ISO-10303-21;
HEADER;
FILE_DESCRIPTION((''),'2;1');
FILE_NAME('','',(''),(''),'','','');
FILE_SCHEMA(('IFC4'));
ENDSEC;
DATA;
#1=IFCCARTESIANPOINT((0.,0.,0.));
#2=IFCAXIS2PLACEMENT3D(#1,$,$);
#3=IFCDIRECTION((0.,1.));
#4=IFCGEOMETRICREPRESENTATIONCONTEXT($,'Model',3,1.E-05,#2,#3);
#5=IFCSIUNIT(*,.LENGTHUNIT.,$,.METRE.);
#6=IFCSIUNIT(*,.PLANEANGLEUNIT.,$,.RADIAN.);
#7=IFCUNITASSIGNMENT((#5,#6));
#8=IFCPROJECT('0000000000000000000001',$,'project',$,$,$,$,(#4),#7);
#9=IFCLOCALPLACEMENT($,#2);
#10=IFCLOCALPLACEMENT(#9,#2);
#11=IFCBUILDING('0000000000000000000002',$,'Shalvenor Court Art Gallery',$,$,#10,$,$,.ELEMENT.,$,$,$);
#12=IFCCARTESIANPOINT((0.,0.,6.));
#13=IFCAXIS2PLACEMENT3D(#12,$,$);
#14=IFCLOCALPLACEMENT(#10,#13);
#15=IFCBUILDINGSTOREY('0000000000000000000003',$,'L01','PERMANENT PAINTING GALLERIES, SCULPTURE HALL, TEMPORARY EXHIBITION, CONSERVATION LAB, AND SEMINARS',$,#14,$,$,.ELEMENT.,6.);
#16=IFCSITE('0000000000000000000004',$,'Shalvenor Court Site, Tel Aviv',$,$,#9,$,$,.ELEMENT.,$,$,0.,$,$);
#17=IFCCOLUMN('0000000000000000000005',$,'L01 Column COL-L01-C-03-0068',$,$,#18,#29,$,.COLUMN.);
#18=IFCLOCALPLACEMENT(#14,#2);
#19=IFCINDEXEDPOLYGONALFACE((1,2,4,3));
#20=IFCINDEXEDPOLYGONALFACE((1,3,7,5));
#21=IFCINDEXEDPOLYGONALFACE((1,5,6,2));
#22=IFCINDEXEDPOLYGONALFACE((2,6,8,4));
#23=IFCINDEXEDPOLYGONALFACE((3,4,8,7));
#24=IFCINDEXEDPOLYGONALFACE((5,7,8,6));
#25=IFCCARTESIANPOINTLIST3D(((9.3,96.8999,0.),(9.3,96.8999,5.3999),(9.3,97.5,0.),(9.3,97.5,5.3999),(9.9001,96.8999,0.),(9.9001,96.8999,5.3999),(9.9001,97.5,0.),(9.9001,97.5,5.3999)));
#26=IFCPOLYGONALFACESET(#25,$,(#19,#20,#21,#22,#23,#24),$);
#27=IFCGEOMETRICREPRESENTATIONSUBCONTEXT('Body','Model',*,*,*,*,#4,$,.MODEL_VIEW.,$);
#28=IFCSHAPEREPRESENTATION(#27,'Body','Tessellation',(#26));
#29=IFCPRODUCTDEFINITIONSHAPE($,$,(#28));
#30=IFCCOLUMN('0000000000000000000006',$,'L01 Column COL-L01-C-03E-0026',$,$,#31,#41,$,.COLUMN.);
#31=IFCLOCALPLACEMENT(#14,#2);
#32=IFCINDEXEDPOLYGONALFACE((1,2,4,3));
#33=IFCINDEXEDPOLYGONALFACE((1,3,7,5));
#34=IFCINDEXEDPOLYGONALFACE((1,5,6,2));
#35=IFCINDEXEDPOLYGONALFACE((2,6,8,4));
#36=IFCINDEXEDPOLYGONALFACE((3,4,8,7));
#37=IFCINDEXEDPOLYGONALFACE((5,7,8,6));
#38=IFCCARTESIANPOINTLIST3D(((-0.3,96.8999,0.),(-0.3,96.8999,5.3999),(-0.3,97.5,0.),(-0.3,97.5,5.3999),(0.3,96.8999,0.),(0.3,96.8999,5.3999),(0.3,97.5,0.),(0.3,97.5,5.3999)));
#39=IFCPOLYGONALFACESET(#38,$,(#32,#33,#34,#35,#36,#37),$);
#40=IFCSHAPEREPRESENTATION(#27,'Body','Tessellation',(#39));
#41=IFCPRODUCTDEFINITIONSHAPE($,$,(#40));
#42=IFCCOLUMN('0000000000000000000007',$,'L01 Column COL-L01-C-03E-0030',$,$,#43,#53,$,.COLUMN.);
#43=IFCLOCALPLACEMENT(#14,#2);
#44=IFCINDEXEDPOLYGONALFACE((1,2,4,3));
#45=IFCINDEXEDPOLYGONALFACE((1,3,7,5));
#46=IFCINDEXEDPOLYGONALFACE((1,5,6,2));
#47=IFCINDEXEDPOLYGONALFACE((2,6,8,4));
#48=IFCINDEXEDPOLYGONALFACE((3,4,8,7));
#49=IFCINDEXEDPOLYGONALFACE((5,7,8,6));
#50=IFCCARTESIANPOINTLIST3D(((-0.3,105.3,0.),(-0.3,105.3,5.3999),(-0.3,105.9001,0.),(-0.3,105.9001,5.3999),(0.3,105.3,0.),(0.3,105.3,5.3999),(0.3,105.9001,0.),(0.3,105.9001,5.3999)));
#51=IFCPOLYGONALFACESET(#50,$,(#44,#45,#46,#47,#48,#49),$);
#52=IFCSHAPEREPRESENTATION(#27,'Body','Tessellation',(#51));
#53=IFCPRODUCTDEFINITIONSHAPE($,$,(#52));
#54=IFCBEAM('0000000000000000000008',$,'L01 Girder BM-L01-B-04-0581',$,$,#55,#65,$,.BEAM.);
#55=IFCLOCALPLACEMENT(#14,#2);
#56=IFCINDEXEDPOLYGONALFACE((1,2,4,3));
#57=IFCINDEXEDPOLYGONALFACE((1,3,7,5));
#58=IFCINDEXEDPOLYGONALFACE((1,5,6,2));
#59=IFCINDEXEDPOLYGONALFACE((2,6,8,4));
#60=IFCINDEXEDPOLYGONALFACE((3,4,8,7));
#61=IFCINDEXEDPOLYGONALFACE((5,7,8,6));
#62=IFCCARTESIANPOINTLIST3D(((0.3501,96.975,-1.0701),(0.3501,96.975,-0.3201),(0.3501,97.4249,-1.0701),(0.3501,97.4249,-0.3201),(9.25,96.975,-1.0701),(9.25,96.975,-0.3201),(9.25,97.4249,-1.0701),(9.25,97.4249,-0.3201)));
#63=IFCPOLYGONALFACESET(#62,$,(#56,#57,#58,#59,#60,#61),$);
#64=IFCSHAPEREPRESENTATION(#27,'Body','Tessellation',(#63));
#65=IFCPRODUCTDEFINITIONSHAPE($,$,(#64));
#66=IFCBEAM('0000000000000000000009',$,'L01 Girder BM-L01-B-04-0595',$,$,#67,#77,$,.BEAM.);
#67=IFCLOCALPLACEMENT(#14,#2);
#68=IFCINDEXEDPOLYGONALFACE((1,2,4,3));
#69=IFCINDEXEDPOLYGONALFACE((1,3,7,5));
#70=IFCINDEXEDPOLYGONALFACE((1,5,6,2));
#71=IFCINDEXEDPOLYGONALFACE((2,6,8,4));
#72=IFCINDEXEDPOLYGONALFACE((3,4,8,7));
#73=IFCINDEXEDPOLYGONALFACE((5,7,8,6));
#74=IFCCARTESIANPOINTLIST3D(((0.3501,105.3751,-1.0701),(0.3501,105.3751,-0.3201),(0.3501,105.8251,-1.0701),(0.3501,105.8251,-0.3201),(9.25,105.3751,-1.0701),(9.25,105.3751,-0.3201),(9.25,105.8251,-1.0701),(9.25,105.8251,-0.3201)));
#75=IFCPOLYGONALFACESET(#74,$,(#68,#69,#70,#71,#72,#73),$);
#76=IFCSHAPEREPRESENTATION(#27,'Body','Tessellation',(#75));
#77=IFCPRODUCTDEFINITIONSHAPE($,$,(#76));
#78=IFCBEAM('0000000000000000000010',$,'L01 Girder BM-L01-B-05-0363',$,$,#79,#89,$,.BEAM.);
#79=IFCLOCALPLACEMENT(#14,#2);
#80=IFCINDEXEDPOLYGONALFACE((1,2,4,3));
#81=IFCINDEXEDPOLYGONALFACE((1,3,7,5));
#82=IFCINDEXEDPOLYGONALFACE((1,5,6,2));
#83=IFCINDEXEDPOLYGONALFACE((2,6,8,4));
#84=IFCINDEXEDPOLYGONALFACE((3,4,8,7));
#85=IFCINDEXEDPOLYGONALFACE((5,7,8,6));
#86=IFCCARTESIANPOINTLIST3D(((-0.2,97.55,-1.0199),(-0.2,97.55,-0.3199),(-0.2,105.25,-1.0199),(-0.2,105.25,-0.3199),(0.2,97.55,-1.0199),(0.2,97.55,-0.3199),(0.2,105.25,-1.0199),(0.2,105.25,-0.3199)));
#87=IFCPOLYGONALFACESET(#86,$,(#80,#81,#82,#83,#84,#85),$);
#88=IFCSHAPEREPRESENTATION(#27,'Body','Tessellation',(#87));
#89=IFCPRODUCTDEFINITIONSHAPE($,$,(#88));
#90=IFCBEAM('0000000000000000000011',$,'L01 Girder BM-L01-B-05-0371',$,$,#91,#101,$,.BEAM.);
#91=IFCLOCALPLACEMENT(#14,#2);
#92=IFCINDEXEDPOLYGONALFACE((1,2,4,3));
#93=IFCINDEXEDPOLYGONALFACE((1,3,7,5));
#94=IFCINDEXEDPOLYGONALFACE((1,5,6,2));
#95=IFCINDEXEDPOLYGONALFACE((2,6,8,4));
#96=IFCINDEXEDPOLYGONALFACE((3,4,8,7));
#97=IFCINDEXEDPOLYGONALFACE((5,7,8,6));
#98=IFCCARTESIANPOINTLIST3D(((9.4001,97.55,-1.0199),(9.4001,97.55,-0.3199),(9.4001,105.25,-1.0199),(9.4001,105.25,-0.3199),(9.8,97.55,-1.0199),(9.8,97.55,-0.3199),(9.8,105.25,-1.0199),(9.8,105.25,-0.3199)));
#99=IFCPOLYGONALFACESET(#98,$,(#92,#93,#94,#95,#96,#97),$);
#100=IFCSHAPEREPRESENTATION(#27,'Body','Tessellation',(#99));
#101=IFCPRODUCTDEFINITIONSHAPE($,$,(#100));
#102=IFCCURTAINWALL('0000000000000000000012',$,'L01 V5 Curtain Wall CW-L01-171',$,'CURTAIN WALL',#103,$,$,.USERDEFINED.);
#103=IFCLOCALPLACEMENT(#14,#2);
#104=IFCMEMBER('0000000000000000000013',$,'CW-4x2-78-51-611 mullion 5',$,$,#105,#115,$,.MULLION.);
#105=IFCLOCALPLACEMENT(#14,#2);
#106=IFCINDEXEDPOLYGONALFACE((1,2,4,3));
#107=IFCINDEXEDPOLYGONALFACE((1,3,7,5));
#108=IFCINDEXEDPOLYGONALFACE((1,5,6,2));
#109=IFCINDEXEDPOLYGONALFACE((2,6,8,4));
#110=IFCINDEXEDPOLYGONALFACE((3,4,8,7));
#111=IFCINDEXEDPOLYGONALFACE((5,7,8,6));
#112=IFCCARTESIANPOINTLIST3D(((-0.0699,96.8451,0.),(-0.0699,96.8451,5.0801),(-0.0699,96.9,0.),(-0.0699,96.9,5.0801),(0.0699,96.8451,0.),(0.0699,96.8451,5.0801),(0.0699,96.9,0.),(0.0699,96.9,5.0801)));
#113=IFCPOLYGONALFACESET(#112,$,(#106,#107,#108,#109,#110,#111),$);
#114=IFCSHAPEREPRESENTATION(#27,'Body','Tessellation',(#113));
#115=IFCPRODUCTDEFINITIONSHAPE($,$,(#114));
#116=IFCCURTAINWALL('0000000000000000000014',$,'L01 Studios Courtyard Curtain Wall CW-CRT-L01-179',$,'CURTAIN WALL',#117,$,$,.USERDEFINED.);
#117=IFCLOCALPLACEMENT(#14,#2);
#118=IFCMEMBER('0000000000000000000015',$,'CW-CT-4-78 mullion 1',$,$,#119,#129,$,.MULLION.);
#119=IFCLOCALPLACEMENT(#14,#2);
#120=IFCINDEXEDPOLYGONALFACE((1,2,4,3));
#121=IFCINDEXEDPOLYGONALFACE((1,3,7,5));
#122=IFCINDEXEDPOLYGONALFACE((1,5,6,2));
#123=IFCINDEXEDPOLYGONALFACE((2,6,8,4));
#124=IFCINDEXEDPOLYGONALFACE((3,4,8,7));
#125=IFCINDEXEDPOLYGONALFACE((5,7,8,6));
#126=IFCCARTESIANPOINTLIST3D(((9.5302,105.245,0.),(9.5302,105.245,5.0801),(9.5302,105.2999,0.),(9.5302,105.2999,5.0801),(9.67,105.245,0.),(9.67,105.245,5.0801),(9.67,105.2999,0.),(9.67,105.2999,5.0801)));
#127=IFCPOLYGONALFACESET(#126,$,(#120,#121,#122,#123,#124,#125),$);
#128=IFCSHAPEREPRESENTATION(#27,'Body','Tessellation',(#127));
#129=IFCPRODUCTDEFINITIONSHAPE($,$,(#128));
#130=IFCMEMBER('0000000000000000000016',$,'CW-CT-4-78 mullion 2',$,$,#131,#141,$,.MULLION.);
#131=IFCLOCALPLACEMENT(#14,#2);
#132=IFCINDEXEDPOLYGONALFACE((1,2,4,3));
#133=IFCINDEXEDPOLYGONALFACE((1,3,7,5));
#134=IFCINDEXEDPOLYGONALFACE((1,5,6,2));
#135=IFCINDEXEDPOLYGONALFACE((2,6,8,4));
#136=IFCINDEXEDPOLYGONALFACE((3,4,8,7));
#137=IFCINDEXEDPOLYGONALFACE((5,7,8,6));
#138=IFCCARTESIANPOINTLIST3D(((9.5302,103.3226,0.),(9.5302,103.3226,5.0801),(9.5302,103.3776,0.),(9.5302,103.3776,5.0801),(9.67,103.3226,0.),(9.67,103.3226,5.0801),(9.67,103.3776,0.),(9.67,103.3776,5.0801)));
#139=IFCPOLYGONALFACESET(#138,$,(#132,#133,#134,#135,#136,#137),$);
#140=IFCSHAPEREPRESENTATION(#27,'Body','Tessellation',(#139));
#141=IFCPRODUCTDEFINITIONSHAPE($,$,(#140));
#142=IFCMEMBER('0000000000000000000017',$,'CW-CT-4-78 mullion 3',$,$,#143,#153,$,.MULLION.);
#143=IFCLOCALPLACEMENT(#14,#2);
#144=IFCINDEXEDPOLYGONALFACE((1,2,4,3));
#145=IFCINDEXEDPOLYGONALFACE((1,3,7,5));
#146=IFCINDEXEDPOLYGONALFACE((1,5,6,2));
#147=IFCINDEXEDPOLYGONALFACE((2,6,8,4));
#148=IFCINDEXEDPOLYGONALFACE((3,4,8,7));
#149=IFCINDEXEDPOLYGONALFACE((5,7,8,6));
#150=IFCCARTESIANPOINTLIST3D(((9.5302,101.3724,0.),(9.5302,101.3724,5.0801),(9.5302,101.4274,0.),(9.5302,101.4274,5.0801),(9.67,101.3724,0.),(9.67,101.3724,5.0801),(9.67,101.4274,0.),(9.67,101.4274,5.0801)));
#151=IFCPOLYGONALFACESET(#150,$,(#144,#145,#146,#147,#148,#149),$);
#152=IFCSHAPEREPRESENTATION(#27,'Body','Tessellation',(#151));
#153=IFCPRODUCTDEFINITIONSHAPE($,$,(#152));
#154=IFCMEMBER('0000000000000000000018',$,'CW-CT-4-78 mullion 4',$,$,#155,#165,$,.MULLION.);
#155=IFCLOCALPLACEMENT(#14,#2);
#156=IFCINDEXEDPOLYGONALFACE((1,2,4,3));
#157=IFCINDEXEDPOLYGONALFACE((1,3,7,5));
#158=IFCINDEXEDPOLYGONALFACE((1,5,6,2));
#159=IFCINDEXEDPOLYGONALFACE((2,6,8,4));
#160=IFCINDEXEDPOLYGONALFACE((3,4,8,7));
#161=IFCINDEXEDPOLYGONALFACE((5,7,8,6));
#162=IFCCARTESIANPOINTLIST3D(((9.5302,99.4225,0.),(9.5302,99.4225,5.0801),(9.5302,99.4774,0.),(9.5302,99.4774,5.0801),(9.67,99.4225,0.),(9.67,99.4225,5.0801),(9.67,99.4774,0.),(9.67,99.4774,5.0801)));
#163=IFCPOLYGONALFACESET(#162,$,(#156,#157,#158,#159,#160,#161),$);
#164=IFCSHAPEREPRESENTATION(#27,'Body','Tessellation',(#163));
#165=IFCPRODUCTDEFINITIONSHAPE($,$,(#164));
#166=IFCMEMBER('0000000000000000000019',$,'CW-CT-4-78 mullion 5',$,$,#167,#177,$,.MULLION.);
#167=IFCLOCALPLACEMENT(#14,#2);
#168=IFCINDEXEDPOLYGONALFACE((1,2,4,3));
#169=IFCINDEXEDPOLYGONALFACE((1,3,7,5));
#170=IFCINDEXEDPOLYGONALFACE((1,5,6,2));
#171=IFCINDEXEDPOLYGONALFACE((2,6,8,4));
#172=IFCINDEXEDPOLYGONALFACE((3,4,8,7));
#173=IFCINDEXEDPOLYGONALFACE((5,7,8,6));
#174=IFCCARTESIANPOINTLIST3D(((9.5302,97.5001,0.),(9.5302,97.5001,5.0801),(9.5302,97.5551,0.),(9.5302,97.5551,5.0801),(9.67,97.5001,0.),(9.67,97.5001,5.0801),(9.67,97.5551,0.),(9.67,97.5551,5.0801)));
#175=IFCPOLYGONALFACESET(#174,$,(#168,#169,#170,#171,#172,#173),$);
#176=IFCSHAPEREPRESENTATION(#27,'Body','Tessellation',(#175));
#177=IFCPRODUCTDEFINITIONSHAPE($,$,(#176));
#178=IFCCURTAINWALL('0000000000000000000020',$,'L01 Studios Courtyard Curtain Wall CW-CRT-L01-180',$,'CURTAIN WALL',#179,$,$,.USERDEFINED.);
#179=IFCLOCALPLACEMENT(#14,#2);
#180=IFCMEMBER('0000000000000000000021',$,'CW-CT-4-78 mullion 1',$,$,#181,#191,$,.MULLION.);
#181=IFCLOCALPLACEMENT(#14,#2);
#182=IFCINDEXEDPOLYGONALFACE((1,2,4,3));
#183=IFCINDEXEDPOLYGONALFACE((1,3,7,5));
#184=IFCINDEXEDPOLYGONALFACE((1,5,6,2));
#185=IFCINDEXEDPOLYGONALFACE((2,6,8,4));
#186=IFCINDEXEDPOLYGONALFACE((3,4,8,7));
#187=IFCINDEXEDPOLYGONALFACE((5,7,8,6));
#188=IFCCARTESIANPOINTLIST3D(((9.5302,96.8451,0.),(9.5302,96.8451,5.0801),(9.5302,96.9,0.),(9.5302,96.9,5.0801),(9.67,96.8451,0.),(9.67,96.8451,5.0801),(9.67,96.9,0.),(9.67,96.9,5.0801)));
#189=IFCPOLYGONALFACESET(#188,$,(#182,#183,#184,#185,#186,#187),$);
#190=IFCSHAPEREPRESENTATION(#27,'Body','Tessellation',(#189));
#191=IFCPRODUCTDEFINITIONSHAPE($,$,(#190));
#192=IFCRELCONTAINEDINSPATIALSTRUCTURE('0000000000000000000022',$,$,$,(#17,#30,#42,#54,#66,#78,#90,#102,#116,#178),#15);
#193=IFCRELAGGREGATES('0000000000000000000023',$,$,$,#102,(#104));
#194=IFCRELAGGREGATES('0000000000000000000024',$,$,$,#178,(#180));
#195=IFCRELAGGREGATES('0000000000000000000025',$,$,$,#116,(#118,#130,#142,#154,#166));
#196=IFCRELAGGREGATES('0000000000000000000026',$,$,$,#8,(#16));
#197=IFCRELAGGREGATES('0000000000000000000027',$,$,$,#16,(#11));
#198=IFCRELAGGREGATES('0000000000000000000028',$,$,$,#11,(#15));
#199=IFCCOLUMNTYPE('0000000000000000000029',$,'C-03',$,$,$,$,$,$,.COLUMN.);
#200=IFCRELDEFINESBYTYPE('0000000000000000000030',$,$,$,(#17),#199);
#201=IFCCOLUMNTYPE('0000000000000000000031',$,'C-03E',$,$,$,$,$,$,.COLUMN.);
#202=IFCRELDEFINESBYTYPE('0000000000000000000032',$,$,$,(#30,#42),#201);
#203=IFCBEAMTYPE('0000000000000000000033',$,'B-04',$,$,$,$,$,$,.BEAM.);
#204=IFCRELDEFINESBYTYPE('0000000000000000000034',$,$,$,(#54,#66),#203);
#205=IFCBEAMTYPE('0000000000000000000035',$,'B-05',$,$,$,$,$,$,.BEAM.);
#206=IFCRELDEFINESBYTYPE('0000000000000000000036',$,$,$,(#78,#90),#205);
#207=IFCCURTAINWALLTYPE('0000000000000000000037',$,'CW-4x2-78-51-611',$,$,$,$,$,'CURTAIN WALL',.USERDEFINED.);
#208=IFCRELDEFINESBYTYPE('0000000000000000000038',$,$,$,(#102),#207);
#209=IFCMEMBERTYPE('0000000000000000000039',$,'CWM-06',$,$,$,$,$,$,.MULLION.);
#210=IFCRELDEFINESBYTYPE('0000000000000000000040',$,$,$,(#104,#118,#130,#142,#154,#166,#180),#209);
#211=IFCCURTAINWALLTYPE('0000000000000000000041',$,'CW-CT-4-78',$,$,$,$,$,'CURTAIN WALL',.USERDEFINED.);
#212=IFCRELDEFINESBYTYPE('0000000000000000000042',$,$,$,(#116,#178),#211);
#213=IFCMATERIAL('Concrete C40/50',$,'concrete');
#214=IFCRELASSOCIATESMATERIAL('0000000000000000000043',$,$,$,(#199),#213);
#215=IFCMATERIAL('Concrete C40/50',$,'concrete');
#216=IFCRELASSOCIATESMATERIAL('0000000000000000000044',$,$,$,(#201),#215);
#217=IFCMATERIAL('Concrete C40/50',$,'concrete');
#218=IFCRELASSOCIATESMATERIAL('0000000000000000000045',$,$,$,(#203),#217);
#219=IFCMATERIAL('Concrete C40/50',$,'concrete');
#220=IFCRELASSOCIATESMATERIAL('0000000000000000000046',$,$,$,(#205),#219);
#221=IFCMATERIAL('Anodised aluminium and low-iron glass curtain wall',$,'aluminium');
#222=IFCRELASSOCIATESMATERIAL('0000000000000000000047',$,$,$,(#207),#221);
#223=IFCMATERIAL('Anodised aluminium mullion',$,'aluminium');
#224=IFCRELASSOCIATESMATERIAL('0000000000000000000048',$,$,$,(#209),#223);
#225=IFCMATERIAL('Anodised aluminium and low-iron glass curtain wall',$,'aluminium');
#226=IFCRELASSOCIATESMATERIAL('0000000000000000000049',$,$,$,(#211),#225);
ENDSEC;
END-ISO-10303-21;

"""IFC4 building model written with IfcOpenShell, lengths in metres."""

from ifc_helpers import new_model, si_unit, direction, frame, origin, origin_2d, place, context, subcontext, project, spatial, rectangle, extrude, material, material_profile, profile_set, type_object, element, aggregate, save


model = new_model("IFC4")

# Units and contexts
model_context = context("Model", 3, precision=1e-05, world=origin(), true_north=direction((0.0, 1.0)))
body_context = subcontext(model_context, "Body", "Model", "MODEL_VIEW")
ifc_project = project(units=[si_unit("LENGTHUNIT", "METRE"), si_unit("PLANEANGLEUNIT", "RADIAN")], contexts=[model_context])

# Site, building, storey
site_placement = place(None, origin())
site = spatial("IfcSite", under=ifc_project, at=site_placement, Name="Shalvenor Court Site, Tel Aviv", CompositionType="ELEMENT", RefElevation=0.0)
building_placement = place(site_placement, origin())
building = spatial("IfcBuilding", under=site, at=building_placement, Name="Shalvenor Court Art Gallery", CompositionType="ELEMENT")
storey_placement = place(building_placement, frame((0.0, 0.0, 6.0)))
storey = spatial("IfcBuildingStorey", under=building, at=storey_placement, Name="L01", Description="PERMANENT PAINTING GALLERIES, SCULPTURE HALL, TEMPORARY EXHIBITION, CONSERVATION LAB, AND SEMINARS", CompositionType="ELEMENT", Elevation=6.0)

# Columns
ifc_material_1 = material(Name="Concrete C40/50", Category="concrete")
ifc_material_profile_1 = material_profile(ifc_material_1, rectangle(XDim=0.6001, YDim=0.6001, at=origin_2d()), Name="RC 600x600")
ifc_profile_set_1 = profile_set([ifc_material_profile_1], Name="Concrete C40/50")
column_type_1 = type_object("IfcColumnType", Name="C-03", PredefinedType="COLUMN", material=ifc_profile_set_1)
column_placement = place(storey_placement, frame((9.6001, 97.2, 0.0), z_axis=(0.0, 0.0, 1.0), x_axis=(1.0, 0.0, 0.0)))
element("IfcColumn", 1, at=column_placement, inside=storey, type_object=column_type_1, Name="L01 Column COL-L01-C-03-0068", PredefinedType="COLUMN", context=body_context, shape_type="SweptSolid", body=[
    extrude(rectangle(XDim=0.6001, YDim=0.6001, at=origin_2d()), origin(), (0.0, 0.0, 1.0), 5.3999),
])
ifc_material_2 = material(Name="Concrete C40/50", Category="concrete")
ifc_material_profile_2 = material_profile(ifc_material_2, rectangle(XDim=0.6001, YDim=0.6001, at=origin_2d()), Name="RC 600x600")
ifc_profile_set_2 = profile_set([ifc_material_profile_2], Name="Concrete C40/50")
column_type_2 = type_object("IfcColumnType", Name="C-03E", PredefinedType="COLUMN", material=ifc_profile_set_2)
for number, where, z_axis, x_axis, name in (
    (2, (0.0, 97.2, 0.0), (0.0, 0.0, 1.0), (1.0, 0.0, 0.0), "L01 Column COL-L01-C-03E-0026"),
    (3, (0.0, 105.6001, 0.0), (0.0, 0.0, 1.0), (1.0, 0.0, 0.0), "L01 Column COL-L01-C-03E-0030"),
):
    element("IfcColumn", number, at=place(storey_placement, frame(where, z_axis=z_axis, x_axis=x_axis)), inside=storey, type_object=column_type_2, Name=name, PredefinedType="COLUMN", context=body_context, shape_type="SweptSolid", body=[
        extrude(rectangle(XDim=0.6001, YDim=0.6001, at=origin_2d()), origin(), (0.0, 0.0, 1.0), 5.3999),
    ])

# Beams
ifc_material_3 = material(Name="Concrete C40/50", Category="concrete")
ifc_material_profile_3 = material_profile(ifc_material_3, rectangle(XDim=0.45, YDim=0.75, at=origin_2d()), Name="RC 450x750")
ifc_profile_set_3 = profile_set([ifc_material_profile_3], Name="Concrete C40/50")
beam_type_1 = type_object("IfcBeamType", Name="B-04", PredefinedType="BEAM", material=ifc_profile_set_3)
for number, where, z_axis, x_axis, name in (
    (4, (0.3501, 97.2, -0.6951), (1.0, 0.0, 0.0), (0.0, 1.0, 0.0), "L01 Girder BM-L01-B-04-0581"),
    (5, (0.3501, 105.6001, -0.6951), (1.0, 0.0, 0.0), (0.0, 1.0, 0.0), "L01 Girder BM-L01-B-04-0595"),
):
    element("IfcBeam", number, at=place(storey_placement, frame(where, z_axis=z_axis, x_axis=x_axis)), inside=storey, type_object=beam_type_1, Name=name, PredefinedType="BEAM", context=body_context, shape_type="SweptSolid", body=[
        extrude(rectangle(XDim=0.45, YDim=0.75, at=origin_2d()), origin(), (0.0, 0.0, 1.0), 8.8999),
    ])
ifc_material_4 = material(Name="Concrete C40/50", Category="concrete")
ifc_material_profile_4 = material_profile(ifc_material_4, rectangle(XDim=0.3999, YDim=0.7, at=origin_2d()), Name="RC 400x700")
ifc_profile_set_4 = profile_set([ifc_material_profile_4], Name="Concrete C40/50")
beam_type_2 = type_object("IfcBeamType", Name="B-05", PredefinedType="BEAM", material=ifc_profile_set_4)
for number, where, z_axis, x_axis, name in (
    (6, (0.0, 97.55, -0.6699), (0.0, 1.0, 0.0), (-1.0, 0.0, 0.0), "L01 Girder BM-L01-B-05-0363"),
    (7, (9.6001, 97.55, -0.6699), (0.0, 1.0, 0.0), (-1.0, 0.0, 0.0), "L01 Girder BM-L01-B-05-0371"),
):
    element("IfcBeam", number, at=place(storey_placement, frame(where, z_axis=z_axis, x_axis=x_axis)), inside=storey, type_object=beam_type_2, Name=name, PredefinedType="BEAM", context=body_context, shape_type="SweptSolid", body=[
        extrude(rectangle(XDim=0.3999, YDim=0.7, at=origin_2d()), origin(), (0.0, 0.0, 1.0), 7.7),
    ])

# Curtain wall, member
ifc_material_5 = material(Name="Anodised aluminium and low-iron glass curtain wall", Category="aluminium")
curtain_wall_type_1 = type_object("IfcCurtainWallType", Name="CW-4x2-78-51-611", ElementType="CURTAIN WALL", PredefinedType="USERDEFINED", material=ifc_material_5)
curtain_wall_1_placement = place(storey_placement, origin())
curtain_wall_1 = element("IfcCurtainWall", 8, at=curtain_wall_1_placement, inside=storey, type_object=curtain_wall_type_1, Name="L01 V5 Curtain Wall CW-L01-171", ObjectType="CURTAIN WALL", PredefinedType="USERDEFINED")
ifc_material_6 = material(Name="Anodised aluminium mullion", Category="aluminium")
ifc_material_profile_5 = material_profile(ifc_material_6, rectangle(XDim=0.0549, YDim=0.1399, at=origin_2d()), Name="CWM-06")
ifc_profile_set_5 = profile_set([ifc_material_profile_5], Name="Anodised aluminium mullion")
member_type_1 = type_object("IfcMemberType", Name="CWM-06", PredefinedType="MULLION", material=ifc_profile_set_5)
member_1_placement = place(storey_placement, frame((0.0, 96.8726, 0.0), z_axis=(0.0, 0.0, 1.0), x_axis=(0.0, 1.0, 0.0)))
member_1 = element("IfcMember", 9, at=member_1_placement, type_object=member_type_1, Name="CW-4x2-78-51-611 mullion 5", PredefinedType="MULLION", context=body_context, shape_type="SweptSolid", body=[
    extrude(rectangle(XDim=0.0549, YDim=0.1399, at=origin_2d()), origin(), (0.0, 0.0, 1.0), 5.0801),
])
aggregate(curtain_wall_1, [member_1])

# Curtain wall, members
ifc_material_7 = material(Name="Anodised aluminium and low-iron glass curtain wall", Category="aluminium")
curtain_wall_type_2 = type_object("IfcCurtainWallType", Name="CW-CT-4-78", ElementType="CURTAIN WALL", PredefinedType="USERDEFINED", material=ifc_material_7)
curtain_wall_2_placement = place(storey_placement, origin())
curtain_wall_2 = element("IfcCurtainWall", 10, at=curtain_wall_2_placement, inside=storey, type_object=curtain_wall_type_2, Name="L01 Studios Courtyard Curtain Wall CW-CRT-L01-179", ObjectType="CURTAIN WALL", PredefinedType="USERDEFINED")
member_2_placement = place(storey_placement, frame((9.6001, 105.2725, 0.0), z_axis=(0.0, 0.0, 1.0), x_axis=(0.0, -1.0, 0.0)))
member_2 = element("IfcMember", 11, at=member_2_placement, type_object=member_type_1, Name="CW-CT-4-78 mullion 1", PredefinedType="MULLION", context=body_context, shape_type="SweptSolid", body=[
    extrude(rectangle(XDim=0.0549, YDim=0.1399, at=origin_2d()), origin(), (0.0, 0.0, 1.0), 5.0801),
])
member_3_placement = place(storey_placement, frame((9.6001, 103.3501, 0.0), z_axis=(0.0, 0.0, 1.0), x_axis=(0.0, -1.0, 0.0)))
member_3 = element("IfcMember", 12, at=member_3_placement, type_object=member_type_1, Name="CW-CT-4-78 mullion 2", PredefinedType="MULLION", context=body_context, shape_type="SweptSolid", body=[
    extrude(rectangle(XDim=0.0549, YDim=0.1399, at=origin_2d()), origin(), (0.0, 0.0, 1.0), 5.0801),
])
member_4_placement = place(storey_placement, frame((9.6001, 101.3999, 0.0), z_axis=(0.0, 0.0, 1.0), x_axis=(0.0, -1.0, 0.0)))
member_4 = element("IfcMember", 13, at=member_4_placement, type_object=member_type_1, Name="CW-CT-4-78 mullion 3", PredefinedType="MULLION", context=body_context, shape_type="SweptSolid", body=[
    extrude(rectangle(XDim=0.0549, YDim=0.1399, at=origin_2d()), origin(), (0.0, 0.0, 1.0), 5.0801),
])
member_5_placement = place(storey_placement, frame((9.6001, 99.45, 0.0), z_axis=(0.0, 0.0, 1.0), x_axis=(0.0, -1.0, 0.0)))
member_5 = element("IfcMember", 14, at=member_5_placement, type_object=member_type_1, Name="CW-CT-4-78 mullion 4", PredefinedType="MULLION", context=body_context, shape_type="SweptSolid", body=[
    extrude(rectangle(XDim=0.0549, YDim=0.1399, at=origin_2d()), origin(), (0.0, 0.0, 1.0), 5.0801),
])
member_6_placement = place(storey_placement, frame((9.6001, 97.5276, 0.0), z_axis=(0.0, 0.0, 1.0), x_axis=(0.0, -1.0, 0.0)))
member_6 = element("IfcMember", 15, at=member_6_placement, type_object=member_type_1, Name="CW-CT-4-78 mullion 5", PredefinedType="MULLION", context=body_context, shape_type="SweptSolid", body=[
    extrude(rectangle(XDim=0.0549, YDim=0.1399, at=origin_2d()), origin(), (0.0, 0.0, 1.0), 5.0801),
])

# Curtain wall, member
curtain_wall_3_placement = place(storey_placement, origin())
curtain_wall_3 = element("IfcCurtainWall", 16, at=curtain_wall_3_placement, inside=storey, type_object=curtain_wall_type_2, Name="L01 Studios Courtyard Curtain Wall CW-CRT-L01-180", ObjectType="CURTAIN WALL", PredefinedType="USERDEFINED")
member_7_placement = place(storey_placement, frame((9.6001, 96.8726, 0.0), z_axis=(0.0, 0.0, 1.0), x_axis=(0.0, -1.0, 0.0)))
member_7 = element("IfcMember", 17, at=member_7_placement, type_object=member_type_1, Name="CW-CT-4-78 mullion 1", PredefinedType="MULLION", context=body_context, shape_type="SweptSolid", body=[
    extrude(rectangle(XDim=0.0549, YDim=0.1399, at=origin_2d()), origin(), (0.0, 0.0, 1.0), 5.0801),
])

aggregate(curtain_wall_3, [member_7])

aggregate(curtain_wall_2, [member_2, member_3, member_4, member_5, member_6])

save(model, "model.ifc")
